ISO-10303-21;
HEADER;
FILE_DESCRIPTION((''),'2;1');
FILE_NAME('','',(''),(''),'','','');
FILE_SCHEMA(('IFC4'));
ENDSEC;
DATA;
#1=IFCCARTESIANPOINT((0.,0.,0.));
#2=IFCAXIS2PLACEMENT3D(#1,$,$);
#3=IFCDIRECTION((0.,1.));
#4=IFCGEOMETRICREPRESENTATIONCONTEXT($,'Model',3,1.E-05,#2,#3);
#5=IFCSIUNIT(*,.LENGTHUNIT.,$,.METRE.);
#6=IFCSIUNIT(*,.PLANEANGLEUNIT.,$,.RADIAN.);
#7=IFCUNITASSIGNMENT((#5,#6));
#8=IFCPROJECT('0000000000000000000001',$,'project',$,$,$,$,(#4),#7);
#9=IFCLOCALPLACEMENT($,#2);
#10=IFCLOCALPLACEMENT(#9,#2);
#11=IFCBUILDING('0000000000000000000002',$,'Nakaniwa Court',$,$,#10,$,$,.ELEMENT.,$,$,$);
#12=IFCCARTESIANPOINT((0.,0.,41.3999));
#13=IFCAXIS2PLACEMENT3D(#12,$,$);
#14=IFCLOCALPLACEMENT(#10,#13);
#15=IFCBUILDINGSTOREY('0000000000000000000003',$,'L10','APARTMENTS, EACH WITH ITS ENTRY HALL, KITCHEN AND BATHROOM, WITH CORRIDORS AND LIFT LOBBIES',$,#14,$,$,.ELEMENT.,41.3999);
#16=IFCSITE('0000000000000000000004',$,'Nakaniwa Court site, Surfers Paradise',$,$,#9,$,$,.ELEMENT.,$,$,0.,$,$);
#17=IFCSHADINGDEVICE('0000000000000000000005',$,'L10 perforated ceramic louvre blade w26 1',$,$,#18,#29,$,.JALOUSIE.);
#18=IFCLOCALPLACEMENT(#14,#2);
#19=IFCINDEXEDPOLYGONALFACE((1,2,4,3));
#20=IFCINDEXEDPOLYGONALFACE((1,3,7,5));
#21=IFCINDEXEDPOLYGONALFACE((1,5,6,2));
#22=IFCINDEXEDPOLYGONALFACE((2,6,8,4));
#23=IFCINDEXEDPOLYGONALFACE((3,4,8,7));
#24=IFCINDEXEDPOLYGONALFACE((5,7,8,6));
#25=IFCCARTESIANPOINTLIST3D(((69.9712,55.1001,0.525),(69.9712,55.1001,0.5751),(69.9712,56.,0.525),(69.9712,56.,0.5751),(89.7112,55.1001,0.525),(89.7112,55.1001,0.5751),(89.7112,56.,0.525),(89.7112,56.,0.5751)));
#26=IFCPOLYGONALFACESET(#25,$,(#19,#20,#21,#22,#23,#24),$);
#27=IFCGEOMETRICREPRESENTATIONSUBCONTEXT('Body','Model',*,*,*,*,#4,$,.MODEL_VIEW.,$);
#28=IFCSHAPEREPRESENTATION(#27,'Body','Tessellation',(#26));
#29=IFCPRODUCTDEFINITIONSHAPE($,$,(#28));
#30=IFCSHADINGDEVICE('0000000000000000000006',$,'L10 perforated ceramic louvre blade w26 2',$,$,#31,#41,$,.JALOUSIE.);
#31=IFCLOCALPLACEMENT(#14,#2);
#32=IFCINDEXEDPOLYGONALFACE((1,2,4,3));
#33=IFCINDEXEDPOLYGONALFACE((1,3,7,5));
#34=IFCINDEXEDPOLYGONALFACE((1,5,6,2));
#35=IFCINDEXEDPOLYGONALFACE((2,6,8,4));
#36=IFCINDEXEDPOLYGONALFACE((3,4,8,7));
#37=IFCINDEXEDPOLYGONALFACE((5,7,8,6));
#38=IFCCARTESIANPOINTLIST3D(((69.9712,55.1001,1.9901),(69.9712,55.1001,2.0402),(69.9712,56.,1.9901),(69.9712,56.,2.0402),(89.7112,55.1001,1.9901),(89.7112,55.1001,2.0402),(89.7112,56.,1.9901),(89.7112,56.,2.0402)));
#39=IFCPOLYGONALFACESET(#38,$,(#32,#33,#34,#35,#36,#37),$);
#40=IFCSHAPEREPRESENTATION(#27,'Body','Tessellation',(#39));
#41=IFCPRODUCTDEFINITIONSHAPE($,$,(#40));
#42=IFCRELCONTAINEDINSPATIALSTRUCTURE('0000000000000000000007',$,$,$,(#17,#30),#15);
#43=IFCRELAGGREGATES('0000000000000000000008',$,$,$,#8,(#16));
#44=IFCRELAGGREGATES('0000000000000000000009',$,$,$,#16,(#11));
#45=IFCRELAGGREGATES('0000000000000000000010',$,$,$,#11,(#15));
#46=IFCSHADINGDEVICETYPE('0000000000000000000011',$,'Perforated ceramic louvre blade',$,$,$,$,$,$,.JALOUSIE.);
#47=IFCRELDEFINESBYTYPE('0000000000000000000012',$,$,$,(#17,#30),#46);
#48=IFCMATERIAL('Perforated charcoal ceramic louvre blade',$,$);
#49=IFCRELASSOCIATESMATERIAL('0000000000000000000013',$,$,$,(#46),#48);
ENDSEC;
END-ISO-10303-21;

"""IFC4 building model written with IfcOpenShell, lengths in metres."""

from ifc_helpers import new_model, si_unit, direction, frame, origin, origin_2d, place, context, subcontext, project, spatial, rectangle, extrude, material, material_profile, profile_set, type_object, element, save


model = new_model("IFC4")

# Units and contexts
model_context = context("Model", 3, precision=1e-05, world=origin(), true_north=direction((0.0, 1.0)))
body_context = subcontext(model_context, "Body", "Model", "MODEL_VIEW")
ifc_project = project(units=[si_unit("LENGTHUNIT", "METRE"), si_unit("PLANEANGLEUNIT", "RADIAN")], contexts=[model_context])

# Site, building, storey
site_placement = place(None, origin())
site = spatial("IfcSite", under=ifc_project, at=site_placement, Name="Nakaniwa Court site, Surfers Paradise", CompositionType="ELEMENT", RefElevation=0.0)
building_placement = place(site_placement, origin())
building = spatial("IfcBuilding", under=site, at=building_placement, Name="Nakaniwa Court", CompositionType="ELEMENT")
storey_placement = place(building_placement, frame((0.0, 0.0, 41.3999)))
storey = spatial("IfcBuildingStorey", under=building, at=storey_placement, Name="L10", Description="APARTMENTS, EACH WITH ITS ENTRY HALL, KITCHEN AND BATHROOM, WITH CORRIDORS AND LIFT LOBBIES", CompositionType="ELEMENT", Elevation=41.3999)

# Shading devices
ifc_material_1 = material(Name="Perforated charcoal ceramic louvre blade")
ifc_material_profile_1 = material_profile(ifc_material_1, rectangle(XDim=0.8999, YDim=0.05, at=origin_2d()), Name="Perforated ceramic louvre blade")
ifc_profile_set_1 = profile_set([ifc_material_profile_1], Name="Perforated charcoal ceramic louvre blade")
shading_device_type = type_object("IfcShadingDeviceType", Name="Perforated ceramic louvre blade", PredefinedType="JALOUSIE", material=ifc_profile_set_1)
for number, where, z_axis, x_axis, name in (
    (1, (69.9712, 55.55, 0.55), (1.0, 0.0, 0.0), (0.0, 1.0, 0.0), "L10 perforated ceramic louvre blade w26 1"),
    (2, (69.9712, 55.55, 2.0151), (1.0, 0.0, 0.0), (0.0, 1.0, 0.0), "L10 perforated ceramic louvre blade w26 2"),
):
    element("IfcShadingDevice", number, at=place(storey_placement, frame(where, z_axis=z_axis, x_axis=x_axis)), inside=storey, type_object=shading_device_type, Name=name, PredefinedType="JALOUSIE", context=body_context, shape_type="SweptSolid", body=[
        extrude(rectangle(XDim=0.8999, YDim=0.05, at=origin_2d()), origin(), (0.0, 0.0, 1.0), 19.74),
    ])

save(model, "model.ifc")
